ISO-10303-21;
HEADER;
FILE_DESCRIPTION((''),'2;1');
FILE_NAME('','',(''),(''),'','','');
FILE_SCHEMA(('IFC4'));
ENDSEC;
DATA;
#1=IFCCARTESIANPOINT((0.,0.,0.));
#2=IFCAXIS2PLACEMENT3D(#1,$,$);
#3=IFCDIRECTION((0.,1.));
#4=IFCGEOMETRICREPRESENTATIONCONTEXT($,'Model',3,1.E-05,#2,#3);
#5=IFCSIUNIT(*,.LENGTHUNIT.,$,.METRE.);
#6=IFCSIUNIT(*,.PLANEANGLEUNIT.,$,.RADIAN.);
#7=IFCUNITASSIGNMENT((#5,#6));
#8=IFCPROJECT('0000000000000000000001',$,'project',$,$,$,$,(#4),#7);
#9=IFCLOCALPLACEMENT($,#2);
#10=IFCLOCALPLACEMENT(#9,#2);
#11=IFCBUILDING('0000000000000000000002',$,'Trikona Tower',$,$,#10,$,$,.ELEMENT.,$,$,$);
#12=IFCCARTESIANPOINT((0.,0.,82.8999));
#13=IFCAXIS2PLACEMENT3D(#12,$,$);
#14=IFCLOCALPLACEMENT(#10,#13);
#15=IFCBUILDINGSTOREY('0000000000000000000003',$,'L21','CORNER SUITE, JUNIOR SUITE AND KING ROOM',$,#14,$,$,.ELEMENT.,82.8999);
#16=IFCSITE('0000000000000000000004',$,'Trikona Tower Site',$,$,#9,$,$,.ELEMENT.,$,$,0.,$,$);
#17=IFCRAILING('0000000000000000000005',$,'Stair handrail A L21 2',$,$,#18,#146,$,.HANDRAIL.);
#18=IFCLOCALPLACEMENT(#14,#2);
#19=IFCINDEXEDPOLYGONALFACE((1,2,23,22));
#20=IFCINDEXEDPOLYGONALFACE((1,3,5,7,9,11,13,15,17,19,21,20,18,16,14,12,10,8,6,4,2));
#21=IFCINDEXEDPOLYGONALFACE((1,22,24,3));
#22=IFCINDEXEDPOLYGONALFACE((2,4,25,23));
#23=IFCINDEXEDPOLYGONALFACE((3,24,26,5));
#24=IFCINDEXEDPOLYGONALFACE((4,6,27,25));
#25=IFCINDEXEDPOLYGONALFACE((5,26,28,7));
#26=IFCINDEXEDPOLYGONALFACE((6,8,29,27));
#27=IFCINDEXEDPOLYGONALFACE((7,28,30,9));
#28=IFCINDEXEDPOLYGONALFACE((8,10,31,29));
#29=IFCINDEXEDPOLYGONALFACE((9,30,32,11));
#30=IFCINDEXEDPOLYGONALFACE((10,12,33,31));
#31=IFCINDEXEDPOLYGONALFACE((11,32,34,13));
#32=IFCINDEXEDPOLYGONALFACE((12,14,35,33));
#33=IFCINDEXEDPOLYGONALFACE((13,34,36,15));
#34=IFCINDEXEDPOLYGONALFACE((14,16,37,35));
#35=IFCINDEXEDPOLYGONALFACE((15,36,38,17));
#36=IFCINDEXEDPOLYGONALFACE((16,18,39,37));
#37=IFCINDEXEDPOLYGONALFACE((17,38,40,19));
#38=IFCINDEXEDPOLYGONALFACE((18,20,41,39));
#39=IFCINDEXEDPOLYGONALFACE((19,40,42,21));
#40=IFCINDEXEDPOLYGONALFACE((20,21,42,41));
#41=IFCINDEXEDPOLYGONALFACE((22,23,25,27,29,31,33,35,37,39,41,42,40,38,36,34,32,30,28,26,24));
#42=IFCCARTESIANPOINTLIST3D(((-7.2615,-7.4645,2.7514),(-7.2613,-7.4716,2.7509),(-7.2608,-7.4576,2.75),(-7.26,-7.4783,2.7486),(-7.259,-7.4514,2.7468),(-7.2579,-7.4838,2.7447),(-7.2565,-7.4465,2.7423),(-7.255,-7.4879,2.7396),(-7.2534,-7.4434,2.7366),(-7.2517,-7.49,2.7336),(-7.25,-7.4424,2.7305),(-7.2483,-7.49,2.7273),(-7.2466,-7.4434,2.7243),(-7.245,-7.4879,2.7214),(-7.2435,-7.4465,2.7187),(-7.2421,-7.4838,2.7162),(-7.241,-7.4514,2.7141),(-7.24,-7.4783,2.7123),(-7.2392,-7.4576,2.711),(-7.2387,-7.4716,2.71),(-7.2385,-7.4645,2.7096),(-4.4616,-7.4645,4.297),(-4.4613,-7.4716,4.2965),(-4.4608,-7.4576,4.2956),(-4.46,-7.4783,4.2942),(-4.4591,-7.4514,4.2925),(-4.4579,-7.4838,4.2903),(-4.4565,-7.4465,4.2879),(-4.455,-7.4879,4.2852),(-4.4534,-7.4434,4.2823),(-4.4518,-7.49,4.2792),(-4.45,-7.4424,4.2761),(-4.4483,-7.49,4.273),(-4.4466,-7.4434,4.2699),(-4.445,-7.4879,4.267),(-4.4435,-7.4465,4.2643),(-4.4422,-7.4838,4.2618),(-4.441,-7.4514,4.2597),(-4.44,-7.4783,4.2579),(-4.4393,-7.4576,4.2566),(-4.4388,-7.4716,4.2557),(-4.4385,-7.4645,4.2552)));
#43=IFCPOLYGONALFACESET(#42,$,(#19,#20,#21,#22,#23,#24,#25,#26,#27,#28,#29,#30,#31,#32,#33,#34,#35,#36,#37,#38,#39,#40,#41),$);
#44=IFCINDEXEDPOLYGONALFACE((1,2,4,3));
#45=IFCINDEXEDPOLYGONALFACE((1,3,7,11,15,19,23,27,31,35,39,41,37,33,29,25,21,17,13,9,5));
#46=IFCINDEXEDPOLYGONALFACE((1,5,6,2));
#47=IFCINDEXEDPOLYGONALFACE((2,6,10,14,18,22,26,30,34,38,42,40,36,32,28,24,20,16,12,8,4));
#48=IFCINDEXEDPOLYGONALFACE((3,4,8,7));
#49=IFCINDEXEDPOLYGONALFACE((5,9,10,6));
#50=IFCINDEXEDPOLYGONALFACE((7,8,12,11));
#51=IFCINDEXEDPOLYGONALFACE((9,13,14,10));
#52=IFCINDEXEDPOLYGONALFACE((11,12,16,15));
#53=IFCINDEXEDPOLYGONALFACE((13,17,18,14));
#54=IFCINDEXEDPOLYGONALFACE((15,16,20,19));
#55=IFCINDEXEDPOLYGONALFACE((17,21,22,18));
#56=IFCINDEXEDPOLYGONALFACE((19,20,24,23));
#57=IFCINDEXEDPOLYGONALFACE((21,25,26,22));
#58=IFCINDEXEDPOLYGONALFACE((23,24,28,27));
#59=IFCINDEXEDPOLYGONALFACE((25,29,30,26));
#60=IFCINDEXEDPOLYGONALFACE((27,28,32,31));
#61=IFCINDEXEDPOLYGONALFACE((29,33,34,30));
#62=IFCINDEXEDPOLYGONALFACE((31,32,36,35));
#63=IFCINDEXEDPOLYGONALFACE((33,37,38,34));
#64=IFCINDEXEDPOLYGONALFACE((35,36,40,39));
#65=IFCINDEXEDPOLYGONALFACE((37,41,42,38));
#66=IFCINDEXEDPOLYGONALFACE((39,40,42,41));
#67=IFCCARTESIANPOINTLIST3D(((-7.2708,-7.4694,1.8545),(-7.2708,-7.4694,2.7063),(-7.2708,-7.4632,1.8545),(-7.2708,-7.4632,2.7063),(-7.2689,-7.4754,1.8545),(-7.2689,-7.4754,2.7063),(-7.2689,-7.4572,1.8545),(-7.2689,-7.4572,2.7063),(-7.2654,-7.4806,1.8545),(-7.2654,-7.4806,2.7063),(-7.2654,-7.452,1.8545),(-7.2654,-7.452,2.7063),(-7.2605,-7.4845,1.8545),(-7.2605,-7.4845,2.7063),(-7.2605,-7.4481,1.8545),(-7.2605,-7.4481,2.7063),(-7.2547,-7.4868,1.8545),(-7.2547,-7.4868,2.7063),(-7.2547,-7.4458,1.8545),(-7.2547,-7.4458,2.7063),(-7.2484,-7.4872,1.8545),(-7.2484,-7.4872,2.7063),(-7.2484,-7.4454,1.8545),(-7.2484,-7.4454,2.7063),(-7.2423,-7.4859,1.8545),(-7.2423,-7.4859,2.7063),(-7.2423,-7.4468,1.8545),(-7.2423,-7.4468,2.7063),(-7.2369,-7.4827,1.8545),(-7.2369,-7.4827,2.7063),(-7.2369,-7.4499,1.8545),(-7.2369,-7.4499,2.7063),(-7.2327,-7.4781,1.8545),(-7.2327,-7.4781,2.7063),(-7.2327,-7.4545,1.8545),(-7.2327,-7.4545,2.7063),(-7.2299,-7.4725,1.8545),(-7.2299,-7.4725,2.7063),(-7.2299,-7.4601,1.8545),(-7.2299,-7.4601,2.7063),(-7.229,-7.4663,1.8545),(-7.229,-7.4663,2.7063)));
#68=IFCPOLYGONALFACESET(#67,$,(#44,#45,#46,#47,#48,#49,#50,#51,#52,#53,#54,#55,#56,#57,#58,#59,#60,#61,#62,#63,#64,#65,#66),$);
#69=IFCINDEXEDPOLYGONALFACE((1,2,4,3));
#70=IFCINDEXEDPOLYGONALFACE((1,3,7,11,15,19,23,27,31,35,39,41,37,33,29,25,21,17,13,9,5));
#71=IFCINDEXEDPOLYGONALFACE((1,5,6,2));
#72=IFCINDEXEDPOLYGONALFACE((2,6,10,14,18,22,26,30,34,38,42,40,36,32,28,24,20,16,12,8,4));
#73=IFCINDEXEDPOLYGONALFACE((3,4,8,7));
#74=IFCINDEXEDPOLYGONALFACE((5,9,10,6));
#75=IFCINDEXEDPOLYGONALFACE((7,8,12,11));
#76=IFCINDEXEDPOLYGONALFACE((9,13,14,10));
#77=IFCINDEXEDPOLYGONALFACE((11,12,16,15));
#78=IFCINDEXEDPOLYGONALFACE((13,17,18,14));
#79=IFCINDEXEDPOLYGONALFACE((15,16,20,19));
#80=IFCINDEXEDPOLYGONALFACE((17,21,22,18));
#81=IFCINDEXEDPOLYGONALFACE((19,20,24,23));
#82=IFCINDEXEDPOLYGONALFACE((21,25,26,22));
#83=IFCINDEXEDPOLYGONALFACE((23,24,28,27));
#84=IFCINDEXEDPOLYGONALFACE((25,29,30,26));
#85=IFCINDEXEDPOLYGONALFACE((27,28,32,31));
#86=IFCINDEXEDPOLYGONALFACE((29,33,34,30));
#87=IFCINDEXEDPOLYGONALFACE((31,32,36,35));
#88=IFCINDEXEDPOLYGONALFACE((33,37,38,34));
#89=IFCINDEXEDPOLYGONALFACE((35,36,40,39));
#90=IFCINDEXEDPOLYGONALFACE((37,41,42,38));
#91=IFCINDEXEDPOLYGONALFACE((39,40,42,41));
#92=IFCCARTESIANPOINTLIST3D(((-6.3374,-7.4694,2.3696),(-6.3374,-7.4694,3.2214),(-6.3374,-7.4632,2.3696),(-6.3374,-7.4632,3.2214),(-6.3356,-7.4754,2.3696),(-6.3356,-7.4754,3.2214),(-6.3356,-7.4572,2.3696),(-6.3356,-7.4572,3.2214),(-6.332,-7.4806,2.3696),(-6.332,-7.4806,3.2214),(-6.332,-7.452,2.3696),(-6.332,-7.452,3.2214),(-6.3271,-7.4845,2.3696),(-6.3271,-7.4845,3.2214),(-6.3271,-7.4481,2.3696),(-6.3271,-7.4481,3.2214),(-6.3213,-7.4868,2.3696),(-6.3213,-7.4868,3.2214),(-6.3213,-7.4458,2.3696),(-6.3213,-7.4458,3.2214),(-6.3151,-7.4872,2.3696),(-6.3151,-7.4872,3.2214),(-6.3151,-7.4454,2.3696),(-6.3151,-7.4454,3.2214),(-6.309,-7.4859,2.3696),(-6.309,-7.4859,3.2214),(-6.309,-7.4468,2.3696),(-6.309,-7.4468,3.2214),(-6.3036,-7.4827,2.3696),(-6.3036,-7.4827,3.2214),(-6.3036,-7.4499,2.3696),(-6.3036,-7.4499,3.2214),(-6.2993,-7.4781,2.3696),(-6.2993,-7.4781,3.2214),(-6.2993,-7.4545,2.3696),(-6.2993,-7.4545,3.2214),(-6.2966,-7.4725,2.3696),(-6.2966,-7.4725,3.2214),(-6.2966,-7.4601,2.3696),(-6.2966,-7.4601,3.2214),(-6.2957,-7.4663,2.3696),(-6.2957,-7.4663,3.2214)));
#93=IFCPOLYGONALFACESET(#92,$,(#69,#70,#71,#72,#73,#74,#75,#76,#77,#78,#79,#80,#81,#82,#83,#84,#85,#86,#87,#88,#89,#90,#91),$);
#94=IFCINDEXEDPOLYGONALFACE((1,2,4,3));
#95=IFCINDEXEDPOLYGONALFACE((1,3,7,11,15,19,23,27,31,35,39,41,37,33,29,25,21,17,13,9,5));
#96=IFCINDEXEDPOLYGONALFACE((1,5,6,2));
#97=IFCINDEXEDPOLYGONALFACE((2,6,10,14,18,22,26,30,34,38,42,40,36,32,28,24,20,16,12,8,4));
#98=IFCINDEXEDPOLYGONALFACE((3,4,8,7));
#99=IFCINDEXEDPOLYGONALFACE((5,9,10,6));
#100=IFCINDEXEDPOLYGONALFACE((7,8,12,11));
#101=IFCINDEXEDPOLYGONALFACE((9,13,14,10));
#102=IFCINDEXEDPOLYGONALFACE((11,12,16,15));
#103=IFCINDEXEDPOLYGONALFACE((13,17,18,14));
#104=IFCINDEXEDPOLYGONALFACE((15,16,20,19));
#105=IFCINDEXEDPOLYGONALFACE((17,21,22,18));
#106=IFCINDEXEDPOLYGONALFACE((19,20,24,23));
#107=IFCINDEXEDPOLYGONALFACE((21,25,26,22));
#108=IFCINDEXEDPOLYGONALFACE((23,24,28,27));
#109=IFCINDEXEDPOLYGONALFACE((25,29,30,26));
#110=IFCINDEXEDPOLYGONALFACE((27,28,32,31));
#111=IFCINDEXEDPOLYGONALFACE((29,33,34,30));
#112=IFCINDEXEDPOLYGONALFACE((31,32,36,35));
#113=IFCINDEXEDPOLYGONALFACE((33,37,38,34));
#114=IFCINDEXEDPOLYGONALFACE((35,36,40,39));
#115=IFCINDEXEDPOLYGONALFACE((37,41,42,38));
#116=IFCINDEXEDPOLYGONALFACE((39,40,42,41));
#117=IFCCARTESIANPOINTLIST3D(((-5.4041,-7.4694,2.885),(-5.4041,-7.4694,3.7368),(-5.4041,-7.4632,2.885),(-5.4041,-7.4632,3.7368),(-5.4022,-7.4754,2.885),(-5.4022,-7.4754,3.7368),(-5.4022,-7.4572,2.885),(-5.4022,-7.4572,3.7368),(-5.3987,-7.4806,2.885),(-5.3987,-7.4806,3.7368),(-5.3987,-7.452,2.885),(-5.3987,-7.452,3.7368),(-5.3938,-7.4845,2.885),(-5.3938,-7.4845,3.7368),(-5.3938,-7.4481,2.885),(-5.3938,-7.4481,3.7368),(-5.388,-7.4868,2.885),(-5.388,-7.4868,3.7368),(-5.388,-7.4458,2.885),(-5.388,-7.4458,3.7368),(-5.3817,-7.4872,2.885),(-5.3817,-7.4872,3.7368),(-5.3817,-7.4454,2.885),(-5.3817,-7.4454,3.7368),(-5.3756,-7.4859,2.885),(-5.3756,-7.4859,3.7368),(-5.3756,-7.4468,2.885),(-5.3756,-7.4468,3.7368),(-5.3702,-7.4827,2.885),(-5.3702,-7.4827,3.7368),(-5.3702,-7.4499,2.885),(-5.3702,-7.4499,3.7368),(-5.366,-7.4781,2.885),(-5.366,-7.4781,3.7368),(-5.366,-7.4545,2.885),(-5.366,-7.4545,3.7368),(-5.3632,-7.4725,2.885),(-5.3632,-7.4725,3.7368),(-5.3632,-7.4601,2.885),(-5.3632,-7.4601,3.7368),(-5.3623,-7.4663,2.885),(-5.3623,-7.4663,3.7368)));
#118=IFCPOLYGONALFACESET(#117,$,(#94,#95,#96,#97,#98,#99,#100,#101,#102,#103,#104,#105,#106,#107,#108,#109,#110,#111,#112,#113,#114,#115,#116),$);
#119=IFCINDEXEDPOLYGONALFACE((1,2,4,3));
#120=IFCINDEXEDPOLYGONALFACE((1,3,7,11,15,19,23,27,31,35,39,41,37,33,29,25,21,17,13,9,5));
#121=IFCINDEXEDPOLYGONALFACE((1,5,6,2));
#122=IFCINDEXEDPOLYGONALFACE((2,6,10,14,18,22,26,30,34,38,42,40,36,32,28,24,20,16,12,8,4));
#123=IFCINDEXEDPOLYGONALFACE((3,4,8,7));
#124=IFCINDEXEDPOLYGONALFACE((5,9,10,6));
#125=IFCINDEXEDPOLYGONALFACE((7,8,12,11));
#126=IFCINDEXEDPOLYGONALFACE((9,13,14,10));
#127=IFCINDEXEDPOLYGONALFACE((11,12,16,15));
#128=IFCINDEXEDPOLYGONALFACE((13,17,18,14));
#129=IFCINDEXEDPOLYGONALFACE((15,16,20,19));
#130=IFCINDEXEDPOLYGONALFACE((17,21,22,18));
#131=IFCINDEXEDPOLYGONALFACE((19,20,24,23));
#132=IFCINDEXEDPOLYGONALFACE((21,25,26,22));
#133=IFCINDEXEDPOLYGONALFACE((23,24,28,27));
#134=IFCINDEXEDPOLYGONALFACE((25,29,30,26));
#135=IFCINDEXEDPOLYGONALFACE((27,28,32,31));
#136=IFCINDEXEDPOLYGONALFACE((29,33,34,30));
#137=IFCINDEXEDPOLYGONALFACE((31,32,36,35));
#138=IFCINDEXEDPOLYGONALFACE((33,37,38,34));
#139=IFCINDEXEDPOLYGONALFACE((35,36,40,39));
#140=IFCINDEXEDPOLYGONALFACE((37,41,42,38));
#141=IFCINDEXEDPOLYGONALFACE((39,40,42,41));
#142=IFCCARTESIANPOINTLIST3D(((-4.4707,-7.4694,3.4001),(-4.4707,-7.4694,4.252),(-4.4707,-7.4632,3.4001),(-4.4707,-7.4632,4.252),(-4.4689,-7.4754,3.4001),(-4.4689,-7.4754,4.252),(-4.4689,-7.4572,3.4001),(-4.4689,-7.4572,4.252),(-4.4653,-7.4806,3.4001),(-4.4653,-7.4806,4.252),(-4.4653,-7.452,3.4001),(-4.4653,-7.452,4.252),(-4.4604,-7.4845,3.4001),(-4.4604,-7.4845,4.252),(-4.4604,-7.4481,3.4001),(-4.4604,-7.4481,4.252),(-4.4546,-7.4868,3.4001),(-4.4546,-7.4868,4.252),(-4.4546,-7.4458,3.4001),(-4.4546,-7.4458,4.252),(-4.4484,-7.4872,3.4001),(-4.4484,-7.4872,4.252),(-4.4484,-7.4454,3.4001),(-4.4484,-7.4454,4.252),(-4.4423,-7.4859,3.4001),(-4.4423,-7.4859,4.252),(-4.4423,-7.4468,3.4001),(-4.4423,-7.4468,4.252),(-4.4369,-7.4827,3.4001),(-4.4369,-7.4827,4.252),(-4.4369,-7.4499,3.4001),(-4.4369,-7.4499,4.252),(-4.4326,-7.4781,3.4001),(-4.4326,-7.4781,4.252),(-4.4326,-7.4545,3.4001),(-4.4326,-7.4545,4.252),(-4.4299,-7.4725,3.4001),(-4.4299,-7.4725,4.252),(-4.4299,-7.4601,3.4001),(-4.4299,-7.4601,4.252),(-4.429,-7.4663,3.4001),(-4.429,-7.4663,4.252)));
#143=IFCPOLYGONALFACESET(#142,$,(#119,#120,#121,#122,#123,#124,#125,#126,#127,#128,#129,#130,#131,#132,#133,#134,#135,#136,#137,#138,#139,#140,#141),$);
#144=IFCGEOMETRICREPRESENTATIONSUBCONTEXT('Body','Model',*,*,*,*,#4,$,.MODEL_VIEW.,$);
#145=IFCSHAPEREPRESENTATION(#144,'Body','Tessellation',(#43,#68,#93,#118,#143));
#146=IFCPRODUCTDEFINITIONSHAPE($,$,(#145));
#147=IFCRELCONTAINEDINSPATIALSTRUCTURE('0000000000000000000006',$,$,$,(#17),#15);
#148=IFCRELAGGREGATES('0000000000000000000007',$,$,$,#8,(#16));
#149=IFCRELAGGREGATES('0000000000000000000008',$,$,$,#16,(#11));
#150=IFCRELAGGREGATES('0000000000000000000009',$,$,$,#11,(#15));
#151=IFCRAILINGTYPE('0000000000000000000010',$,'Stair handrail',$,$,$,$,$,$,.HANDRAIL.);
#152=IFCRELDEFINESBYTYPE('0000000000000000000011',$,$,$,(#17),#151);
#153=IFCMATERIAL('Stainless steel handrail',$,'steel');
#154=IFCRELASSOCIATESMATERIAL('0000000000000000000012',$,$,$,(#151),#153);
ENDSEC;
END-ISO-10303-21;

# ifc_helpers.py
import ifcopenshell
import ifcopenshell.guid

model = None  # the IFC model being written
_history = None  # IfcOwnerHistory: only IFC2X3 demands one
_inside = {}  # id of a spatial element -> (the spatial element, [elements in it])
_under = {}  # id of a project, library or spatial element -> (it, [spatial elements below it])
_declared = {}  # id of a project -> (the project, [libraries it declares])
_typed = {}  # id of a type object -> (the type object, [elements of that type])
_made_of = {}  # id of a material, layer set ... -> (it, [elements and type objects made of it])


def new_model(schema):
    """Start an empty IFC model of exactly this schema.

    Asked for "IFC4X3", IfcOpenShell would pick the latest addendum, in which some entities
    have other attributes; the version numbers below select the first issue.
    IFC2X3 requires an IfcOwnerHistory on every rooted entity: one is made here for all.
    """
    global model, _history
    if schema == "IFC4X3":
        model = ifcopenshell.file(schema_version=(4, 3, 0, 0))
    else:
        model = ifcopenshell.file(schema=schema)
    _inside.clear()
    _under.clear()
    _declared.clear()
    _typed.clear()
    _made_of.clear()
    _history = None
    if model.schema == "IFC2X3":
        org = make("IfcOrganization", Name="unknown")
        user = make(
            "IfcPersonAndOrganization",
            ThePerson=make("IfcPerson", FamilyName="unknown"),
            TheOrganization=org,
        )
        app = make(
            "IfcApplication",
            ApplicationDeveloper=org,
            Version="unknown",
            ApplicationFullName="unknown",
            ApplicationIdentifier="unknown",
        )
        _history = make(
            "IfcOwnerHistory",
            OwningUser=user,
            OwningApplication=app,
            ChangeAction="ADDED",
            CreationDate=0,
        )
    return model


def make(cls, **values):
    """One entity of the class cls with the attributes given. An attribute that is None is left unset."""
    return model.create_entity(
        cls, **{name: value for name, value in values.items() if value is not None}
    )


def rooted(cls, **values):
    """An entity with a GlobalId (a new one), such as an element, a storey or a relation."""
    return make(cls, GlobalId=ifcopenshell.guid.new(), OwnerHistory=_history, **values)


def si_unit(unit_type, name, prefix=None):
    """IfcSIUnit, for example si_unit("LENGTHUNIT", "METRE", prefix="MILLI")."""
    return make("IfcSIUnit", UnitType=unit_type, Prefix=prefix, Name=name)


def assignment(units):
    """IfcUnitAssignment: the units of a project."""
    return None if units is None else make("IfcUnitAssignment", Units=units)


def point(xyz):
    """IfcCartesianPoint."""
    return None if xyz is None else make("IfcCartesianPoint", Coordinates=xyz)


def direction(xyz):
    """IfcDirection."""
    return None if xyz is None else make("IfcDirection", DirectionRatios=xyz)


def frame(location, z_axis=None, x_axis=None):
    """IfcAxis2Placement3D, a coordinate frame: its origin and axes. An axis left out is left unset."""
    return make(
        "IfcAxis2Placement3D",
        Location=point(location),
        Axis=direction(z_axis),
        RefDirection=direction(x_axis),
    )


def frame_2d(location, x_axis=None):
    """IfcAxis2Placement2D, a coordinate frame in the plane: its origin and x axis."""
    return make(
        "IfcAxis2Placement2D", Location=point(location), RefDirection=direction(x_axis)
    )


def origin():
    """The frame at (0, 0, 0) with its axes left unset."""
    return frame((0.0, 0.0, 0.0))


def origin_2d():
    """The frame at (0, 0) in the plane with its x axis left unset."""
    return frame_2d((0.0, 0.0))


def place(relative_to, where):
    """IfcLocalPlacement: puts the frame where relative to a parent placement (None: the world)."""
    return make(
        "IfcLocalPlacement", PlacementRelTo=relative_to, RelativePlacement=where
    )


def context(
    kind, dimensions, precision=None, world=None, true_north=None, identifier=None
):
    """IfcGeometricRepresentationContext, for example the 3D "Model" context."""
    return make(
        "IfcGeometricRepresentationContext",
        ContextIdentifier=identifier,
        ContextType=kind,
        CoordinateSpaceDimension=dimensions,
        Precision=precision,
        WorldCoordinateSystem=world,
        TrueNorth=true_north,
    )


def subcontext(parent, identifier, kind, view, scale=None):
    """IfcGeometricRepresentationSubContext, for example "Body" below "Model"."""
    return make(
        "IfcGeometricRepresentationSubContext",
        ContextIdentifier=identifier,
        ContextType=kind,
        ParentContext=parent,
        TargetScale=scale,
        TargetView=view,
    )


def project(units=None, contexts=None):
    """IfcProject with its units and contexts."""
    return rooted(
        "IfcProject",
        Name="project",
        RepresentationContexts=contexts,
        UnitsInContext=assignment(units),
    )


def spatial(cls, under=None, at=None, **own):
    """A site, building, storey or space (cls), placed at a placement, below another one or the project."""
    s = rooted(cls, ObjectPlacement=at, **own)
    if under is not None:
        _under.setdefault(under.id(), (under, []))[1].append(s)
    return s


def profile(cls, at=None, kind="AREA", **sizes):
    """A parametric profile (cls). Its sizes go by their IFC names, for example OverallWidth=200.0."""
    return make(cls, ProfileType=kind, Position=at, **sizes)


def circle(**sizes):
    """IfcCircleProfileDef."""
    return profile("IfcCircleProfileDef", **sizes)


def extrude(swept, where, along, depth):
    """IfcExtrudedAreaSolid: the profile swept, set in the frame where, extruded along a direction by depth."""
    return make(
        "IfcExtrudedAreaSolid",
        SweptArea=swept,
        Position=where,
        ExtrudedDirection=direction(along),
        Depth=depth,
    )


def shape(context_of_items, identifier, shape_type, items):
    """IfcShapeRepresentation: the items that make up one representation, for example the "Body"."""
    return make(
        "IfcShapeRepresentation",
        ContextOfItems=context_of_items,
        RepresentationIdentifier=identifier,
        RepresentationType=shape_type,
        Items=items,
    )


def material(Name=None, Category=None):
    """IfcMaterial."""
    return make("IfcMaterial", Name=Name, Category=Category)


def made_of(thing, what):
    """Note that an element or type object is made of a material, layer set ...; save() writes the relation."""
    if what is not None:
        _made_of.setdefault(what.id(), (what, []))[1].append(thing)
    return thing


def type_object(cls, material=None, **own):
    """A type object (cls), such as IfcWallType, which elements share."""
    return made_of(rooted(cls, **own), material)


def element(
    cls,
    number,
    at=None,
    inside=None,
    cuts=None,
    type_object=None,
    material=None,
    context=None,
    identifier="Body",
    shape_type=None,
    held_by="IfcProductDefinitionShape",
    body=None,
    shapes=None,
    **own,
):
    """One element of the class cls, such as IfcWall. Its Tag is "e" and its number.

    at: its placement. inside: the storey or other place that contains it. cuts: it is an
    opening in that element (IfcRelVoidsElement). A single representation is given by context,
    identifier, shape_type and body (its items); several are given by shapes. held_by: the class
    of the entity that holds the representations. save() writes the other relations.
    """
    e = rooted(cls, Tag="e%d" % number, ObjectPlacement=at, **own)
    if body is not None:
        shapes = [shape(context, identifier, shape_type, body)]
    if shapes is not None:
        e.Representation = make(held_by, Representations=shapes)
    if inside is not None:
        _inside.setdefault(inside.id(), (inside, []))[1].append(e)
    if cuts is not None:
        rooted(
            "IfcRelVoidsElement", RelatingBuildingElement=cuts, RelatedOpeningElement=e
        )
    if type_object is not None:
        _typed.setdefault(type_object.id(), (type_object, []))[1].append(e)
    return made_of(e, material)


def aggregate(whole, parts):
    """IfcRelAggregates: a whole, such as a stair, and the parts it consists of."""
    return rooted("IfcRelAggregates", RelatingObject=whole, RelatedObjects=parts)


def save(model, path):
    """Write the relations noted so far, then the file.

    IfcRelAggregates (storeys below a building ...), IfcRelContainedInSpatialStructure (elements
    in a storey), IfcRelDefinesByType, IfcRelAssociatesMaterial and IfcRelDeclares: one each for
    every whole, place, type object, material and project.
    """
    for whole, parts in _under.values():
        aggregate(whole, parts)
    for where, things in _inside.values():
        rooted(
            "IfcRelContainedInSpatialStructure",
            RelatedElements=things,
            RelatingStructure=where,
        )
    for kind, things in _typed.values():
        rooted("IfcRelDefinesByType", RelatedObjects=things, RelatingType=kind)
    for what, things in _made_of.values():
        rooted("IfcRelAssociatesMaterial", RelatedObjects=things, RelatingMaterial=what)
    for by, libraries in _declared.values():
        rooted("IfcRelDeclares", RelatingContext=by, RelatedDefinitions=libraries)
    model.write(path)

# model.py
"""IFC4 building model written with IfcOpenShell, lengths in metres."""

from ifc_helpers import new_model, si_unit, direction, frame, origin, origin_2d, place, context, subcontext, project, spatial, circle, extrude, material, type_object, element, save


model = new_model("IFC4")

# Units and contexts
model_context = context("Model", 3, precision=1e-05, world=origin(), true_north=direction((0.0, 1.0)))
body_context = subcontext(model_context, "Body", "Model", "MODEL_VIEW")
ifc_project = project(units=[si_unit("LENGTHUNIT", "METRE"), si_unit("PLANEANGLEUNIT", "RADIAN")], contexts=[model_context])

# Site, building, storey
site_placement = place(None, origin())
site = spatial("IfcSite", under=ifc_project, at=site_placement, Name="Trikona Tower Site", CompositionType="ELEMENT", RefElevation=0.0)
building_placement = place(site_placement, origin())
building = spatial("IfcBuilding", under=site, at=building_placement, Name="Trikona Tower", CompositionType="ELEMENT")
storey_placement = place(building_placement, frame((0.0, 0.0, 82.8999)))
storey = spatial("IfcBuildingStorey", under=building, at=storey_placement, Name="L21", Description="CORNER SUITE, JUNIOR SUITE AND KING ROOM", CompositionType="ELEMENT", Elevation=82.8999)

# Railing
ifc_material_1 = material(Name="Stainless steel handrail", Category="steel")
railing_type = type_object("IfcRailingType", Name="Stair handrail", PredefinedType="HANDRAIL", material=ifc_material_1)
railing_placement = place(storey_placement, frame((-7.25, -7.4663, 1.8545)))
element("IfcRailing", 1, at=railing_placement, inside=storey, type_object=railing_type, Name="Stair handrail A L21 2", PredefinedType="HANDRAIL", context=body_context, shape_type="SweptSolid", body=[
    extrude(circle(Radius=0.0239, at=origin_2d()), frame((0.0, 0.0, 0.876), z_axis=(0.875472, 0.0, 0.483269), x_axis=(0.0, 1.0, 0.0)), (0.0, 0.0, 1.0), 3.1982),
    extrude(circle(Radius=0.021, at=origin_2d()), origin(), (0.0, 0.0, 1.0), 0.8518),
    extrude(circle(Radius=0.021, at=origin_2d()), frame((0.9333, 0.0, 0.5151)), (0.0, 0.0, 1.0), 0.8518),
    extrude(circle(Radius=0.021, at=origin_2d()), frame((1.8667, 0.0, 1.0305)), (0.0, 0.0, 1.0), 0.8518),
    extrude(circle(Radius=0.021, at=origin_2d()), frame((2.8, 0.0, 1.5457)), (0.0, 0.0, 1.0), 0.8518),
])

save(model, "model.ifc")
